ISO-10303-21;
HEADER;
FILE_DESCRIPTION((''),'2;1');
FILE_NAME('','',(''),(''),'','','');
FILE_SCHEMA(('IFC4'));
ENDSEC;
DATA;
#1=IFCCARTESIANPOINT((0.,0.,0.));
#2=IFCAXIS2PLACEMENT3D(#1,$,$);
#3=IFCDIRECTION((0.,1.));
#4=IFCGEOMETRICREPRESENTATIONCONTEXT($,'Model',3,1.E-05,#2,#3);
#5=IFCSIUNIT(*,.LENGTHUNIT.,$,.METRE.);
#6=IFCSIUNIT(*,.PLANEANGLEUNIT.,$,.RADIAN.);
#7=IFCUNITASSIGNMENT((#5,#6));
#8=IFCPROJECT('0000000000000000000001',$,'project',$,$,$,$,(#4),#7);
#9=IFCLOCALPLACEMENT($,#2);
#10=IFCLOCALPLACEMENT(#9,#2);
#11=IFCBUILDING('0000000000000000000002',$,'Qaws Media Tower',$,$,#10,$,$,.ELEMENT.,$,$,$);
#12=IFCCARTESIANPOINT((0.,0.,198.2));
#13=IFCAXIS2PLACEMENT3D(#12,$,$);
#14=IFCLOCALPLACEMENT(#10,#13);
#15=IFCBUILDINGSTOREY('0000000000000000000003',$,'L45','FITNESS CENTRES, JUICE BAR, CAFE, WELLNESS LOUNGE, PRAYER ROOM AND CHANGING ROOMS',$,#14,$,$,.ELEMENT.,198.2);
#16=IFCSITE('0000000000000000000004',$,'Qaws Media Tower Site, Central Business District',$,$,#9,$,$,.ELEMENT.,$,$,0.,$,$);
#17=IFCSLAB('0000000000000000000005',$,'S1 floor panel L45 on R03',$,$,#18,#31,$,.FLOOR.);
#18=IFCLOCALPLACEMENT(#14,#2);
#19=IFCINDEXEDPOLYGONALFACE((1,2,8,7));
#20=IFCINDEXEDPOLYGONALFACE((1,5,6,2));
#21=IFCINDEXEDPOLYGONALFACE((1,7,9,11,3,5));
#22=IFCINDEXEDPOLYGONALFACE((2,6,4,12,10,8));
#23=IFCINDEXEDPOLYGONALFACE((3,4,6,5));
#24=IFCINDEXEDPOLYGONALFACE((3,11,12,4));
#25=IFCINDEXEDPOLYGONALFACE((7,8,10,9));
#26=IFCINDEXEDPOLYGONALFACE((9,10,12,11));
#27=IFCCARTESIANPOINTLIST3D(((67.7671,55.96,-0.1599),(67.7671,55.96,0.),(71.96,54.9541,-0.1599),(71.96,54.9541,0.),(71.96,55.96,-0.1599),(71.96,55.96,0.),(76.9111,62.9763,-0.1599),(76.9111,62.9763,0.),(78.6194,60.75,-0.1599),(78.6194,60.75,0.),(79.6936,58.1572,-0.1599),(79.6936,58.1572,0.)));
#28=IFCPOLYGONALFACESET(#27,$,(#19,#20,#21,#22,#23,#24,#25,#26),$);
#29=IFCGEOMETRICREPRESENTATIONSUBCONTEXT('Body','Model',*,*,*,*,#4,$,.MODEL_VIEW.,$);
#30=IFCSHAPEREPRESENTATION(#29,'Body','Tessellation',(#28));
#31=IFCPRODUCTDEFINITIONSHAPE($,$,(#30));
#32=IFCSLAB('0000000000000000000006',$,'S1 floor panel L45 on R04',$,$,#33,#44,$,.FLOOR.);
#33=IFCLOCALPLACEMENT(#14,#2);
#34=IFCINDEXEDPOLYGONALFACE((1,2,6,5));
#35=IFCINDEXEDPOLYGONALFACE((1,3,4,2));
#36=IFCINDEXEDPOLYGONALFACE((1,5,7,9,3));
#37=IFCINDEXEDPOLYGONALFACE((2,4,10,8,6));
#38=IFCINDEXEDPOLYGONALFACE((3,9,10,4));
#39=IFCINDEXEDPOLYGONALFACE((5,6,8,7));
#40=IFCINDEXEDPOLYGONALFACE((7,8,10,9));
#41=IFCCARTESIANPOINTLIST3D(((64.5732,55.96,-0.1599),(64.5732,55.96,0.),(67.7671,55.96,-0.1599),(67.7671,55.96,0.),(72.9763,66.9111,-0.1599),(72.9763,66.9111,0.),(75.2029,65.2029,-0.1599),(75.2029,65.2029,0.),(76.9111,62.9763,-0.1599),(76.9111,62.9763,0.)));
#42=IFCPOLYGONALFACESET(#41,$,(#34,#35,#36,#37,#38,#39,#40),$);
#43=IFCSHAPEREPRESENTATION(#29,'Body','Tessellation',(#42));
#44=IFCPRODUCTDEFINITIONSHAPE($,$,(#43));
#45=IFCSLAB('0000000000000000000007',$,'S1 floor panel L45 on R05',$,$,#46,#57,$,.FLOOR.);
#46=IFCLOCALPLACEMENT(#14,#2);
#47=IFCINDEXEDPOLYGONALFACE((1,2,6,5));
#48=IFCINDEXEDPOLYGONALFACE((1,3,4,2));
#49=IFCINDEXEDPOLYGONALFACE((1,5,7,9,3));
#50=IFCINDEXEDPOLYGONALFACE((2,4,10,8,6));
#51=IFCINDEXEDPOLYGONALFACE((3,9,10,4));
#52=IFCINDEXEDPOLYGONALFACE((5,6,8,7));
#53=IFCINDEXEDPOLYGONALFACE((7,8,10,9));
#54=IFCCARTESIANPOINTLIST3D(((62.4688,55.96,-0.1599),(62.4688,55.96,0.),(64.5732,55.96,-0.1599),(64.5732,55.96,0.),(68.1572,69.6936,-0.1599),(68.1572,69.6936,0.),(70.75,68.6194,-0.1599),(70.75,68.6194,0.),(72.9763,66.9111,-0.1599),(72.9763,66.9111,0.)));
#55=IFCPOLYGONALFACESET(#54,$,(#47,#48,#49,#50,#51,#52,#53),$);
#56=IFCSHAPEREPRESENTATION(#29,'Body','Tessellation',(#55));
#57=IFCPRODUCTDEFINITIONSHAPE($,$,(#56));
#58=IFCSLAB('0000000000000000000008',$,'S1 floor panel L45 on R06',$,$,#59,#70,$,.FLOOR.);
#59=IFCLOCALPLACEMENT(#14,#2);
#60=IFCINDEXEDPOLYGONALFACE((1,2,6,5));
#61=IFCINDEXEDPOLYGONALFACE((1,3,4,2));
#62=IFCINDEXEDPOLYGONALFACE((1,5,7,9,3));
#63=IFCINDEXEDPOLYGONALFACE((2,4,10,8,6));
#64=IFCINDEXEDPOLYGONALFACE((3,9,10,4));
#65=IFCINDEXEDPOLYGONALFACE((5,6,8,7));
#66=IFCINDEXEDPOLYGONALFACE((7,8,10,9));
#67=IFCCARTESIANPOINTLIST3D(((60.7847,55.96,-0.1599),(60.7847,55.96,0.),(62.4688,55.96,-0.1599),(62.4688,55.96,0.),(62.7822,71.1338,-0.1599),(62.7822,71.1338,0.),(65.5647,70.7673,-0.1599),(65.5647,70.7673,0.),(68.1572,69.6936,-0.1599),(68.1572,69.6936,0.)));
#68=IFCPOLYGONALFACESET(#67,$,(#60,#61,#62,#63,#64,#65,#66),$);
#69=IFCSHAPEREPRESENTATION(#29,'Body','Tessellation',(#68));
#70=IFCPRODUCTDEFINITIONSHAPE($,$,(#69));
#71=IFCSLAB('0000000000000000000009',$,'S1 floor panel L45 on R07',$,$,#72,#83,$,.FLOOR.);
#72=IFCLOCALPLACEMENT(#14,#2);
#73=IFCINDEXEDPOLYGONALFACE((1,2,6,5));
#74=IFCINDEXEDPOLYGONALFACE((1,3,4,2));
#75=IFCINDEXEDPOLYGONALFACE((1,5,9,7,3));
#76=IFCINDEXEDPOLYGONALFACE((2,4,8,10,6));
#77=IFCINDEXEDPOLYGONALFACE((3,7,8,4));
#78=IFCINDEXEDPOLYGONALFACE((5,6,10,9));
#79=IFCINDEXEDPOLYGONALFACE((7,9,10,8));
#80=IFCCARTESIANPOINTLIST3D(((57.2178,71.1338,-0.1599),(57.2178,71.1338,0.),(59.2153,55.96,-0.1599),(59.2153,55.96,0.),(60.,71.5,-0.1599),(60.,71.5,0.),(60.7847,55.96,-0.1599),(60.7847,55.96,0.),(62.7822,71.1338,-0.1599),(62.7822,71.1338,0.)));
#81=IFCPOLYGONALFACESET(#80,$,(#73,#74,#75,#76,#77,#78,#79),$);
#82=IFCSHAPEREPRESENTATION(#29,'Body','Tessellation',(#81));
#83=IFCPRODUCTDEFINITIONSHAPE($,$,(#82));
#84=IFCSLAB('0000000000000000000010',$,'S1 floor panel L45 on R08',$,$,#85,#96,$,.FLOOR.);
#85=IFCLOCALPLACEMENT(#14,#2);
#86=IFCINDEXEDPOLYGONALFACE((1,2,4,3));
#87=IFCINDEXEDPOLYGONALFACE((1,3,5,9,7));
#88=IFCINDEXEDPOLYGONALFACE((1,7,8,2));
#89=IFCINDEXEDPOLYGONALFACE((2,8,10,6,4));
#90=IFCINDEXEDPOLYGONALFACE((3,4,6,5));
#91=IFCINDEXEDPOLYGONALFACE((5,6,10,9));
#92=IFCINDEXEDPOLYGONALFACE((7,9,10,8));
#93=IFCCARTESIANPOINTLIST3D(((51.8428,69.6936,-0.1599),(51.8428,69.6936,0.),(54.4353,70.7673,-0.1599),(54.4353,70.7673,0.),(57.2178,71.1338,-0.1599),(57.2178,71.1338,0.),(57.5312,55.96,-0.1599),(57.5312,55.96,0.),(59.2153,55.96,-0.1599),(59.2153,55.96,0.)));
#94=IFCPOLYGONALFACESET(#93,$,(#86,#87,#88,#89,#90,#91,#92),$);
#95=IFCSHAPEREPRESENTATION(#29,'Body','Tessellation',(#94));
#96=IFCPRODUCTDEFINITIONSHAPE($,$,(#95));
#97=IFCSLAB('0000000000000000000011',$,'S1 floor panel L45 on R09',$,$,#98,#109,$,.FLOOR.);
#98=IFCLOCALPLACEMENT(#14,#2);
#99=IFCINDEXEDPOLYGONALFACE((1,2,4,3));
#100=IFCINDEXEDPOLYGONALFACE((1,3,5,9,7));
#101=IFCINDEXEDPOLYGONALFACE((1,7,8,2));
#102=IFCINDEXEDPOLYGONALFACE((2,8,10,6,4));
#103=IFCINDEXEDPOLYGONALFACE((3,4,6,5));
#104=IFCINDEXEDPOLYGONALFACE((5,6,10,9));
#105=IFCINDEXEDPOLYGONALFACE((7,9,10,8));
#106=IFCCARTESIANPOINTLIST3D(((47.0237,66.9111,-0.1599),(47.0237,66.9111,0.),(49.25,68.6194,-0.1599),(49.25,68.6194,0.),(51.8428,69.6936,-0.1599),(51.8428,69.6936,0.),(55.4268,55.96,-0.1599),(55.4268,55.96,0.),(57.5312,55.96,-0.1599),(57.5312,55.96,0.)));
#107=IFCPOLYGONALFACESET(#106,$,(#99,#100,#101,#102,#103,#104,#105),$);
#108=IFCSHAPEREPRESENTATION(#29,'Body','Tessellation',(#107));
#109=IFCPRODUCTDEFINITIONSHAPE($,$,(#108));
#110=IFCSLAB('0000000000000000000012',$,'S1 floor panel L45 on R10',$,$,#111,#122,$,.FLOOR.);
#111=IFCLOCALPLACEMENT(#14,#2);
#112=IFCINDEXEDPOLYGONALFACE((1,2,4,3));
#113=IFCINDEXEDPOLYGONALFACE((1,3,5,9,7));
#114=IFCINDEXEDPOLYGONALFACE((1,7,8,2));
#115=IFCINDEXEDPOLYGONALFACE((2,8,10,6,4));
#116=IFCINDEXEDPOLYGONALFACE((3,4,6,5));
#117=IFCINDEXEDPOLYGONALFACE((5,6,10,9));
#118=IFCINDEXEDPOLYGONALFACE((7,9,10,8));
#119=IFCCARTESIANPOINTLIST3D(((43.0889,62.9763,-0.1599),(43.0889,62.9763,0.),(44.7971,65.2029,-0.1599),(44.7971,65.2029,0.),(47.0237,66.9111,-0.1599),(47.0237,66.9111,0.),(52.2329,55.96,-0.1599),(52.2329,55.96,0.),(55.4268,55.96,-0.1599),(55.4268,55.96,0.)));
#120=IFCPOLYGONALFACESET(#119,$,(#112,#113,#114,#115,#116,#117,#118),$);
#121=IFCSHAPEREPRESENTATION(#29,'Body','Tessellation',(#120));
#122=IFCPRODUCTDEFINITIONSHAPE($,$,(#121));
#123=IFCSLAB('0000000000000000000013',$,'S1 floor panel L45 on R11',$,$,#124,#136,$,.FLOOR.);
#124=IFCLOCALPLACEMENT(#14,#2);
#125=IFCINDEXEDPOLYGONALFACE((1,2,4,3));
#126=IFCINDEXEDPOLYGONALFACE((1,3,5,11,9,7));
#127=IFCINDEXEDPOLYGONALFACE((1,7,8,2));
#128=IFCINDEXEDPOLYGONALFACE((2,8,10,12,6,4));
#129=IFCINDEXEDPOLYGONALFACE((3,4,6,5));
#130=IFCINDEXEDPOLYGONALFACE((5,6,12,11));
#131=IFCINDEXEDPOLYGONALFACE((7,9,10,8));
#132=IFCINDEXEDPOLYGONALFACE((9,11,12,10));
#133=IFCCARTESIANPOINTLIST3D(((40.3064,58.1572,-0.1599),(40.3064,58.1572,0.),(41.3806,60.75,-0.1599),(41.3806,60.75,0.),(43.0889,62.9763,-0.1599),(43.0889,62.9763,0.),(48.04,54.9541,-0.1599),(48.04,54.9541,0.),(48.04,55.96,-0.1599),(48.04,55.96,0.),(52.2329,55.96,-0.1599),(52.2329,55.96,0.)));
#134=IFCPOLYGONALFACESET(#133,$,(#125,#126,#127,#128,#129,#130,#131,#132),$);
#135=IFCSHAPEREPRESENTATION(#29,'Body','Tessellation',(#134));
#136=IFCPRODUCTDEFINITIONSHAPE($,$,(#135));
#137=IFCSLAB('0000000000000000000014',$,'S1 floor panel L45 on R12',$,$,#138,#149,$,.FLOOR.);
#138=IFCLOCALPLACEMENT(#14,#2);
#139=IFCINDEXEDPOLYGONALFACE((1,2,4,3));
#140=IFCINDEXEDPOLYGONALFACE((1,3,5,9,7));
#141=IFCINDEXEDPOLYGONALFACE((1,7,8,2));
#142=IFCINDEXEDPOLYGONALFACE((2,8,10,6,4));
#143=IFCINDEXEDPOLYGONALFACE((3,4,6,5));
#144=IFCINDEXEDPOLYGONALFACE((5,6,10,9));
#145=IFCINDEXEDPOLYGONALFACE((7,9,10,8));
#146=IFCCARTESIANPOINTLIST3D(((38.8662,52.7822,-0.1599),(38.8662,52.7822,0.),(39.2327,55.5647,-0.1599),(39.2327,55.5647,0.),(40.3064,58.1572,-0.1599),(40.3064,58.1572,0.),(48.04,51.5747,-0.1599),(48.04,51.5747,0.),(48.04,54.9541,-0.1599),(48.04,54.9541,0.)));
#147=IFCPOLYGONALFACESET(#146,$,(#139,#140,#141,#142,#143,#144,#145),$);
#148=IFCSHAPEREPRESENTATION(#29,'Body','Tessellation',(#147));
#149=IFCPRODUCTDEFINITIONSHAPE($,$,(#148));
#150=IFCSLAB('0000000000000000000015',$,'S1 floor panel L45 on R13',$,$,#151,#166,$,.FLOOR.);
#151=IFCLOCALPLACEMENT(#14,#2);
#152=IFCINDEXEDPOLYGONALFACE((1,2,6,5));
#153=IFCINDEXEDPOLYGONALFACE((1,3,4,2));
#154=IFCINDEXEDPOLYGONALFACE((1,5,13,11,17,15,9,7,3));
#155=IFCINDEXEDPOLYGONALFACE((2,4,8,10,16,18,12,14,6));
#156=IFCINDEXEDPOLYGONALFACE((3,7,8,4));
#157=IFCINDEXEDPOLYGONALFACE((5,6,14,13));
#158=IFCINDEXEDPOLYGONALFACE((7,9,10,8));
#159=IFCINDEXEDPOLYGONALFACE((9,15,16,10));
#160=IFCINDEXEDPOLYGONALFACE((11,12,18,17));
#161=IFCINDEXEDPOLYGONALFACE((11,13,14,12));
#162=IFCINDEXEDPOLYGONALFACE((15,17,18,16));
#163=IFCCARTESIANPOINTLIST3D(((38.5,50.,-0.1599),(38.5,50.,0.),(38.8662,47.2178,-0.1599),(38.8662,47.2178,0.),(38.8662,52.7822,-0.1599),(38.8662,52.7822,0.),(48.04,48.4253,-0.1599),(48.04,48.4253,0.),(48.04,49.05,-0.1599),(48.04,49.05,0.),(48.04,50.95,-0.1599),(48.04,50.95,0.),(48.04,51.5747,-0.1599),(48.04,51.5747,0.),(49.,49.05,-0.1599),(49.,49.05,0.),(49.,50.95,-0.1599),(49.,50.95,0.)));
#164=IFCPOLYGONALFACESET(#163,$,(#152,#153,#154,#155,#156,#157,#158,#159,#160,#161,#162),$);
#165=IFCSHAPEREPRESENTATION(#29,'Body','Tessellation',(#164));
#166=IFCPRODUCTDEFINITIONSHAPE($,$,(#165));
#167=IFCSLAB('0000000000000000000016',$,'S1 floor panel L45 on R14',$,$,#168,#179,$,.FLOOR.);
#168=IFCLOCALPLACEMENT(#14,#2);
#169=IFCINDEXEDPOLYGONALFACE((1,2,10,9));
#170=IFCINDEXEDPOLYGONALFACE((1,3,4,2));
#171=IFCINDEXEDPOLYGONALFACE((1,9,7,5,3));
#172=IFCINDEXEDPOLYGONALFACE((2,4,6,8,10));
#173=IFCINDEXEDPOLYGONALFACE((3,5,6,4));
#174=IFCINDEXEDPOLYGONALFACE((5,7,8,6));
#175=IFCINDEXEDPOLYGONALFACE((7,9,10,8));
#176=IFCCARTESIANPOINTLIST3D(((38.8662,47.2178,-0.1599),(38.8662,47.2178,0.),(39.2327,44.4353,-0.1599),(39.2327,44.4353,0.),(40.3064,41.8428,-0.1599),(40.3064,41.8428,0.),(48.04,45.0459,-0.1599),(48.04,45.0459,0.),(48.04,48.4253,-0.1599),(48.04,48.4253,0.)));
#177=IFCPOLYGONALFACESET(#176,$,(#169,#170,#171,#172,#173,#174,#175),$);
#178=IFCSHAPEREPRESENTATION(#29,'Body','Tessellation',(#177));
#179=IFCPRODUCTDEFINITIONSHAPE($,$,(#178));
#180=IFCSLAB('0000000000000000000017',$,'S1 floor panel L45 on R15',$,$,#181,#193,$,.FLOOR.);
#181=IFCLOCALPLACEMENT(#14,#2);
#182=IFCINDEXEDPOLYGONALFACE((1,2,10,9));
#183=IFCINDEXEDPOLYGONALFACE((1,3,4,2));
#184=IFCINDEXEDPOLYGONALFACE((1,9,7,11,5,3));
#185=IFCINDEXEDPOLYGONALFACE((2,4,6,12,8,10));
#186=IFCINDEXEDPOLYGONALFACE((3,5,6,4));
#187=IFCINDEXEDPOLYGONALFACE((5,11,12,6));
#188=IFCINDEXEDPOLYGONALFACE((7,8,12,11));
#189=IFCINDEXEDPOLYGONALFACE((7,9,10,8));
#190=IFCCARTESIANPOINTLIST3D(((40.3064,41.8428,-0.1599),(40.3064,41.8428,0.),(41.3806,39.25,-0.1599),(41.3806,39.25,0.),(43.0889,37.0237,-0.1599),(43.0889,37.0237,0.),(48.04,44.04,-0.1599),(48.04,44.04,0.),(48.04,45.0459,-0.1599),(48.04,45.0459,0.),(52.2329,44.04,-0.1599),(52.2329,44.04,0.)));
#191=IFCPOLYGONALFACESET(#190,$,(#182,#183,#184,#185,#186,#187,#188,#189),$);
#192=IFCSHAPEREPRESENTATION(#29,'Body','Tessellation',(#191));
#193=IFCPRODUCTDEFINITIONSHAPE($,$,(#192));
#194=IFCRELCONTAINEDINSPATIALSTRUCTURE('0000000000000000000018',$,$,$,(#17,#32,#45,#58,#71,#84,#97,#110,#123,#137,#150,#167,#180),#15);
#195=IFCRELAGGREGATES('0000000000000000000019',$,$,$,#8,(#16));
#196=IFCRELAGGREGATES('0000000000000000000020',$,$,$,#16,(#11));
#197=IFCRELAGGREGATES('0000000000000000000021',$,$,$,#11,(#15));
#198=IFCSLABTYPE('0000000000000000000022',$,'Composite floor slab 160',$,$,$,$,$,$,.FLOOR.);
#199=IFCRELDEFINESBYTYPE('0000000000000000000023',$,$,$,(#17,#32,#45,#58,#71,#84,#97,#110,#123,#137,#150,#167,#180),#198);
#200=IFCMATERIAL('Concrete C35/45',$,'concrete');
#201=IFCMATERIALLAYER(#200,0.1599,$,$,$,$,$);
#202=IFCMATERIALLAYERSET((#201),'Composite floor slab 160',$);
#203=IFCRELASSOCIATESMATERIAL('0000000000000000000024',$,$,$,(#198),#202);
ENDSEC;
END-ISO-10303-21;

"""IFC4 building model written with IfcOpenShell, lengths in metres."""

from ifc_helpers import new_model, si_unit, direction, frame, origin, place, context, subcontext, project, spatial, polyline, outline, extrude, material, layer, layer_set, type_object, element, save


model = new_model("IFC4")

# Units and contexts
model_context = context("Model", 3, precision=1e-05, world=origin(), true_north=direction((0.0, 1.0)))
body_context = subcontext(model_context, "Body", "Model", "MODEL_VIEW")
ifc_project = project(units=[si_unit("LENGTHUNIT", "METRE"), si_unit("PLANEANGLEUNIT", "RADIAN")], contexts=[model_context])

# Site, building, storey
site_placement = place(None, origin())
site = spatial("IfcSite", under=ifc_project, at=site_placement, Name="Qaws Media Tower Site, Central Business District", CompositionType="ELEMENT", RefElevation=0.0)
building_placement = place(site_placement, origin())
building = spatial("IfcBuilding", under=site, at=building_placement, Name="Qaws Media Tower", CompositionType="ELEMENT")
storey_placement = place(building_placement, frame((0.0, 0.0, 198.2)))
storey = spatial("IfcBuildingStorey", under=building, at=storey_placement, Name="L45", Description="FITNESS CENTRES, JUICE BAR, CAFE, WELLNESS LOUNGE, PRAYER ROOM AND CHANGING ROOMS", CompositionType="ELEMENT", Elevation=198.2)

# Slabs
ifc_material_1 = material(Name="Concrete C35/45", Category="concrete")
ifc_layer_1 = layer(ifc_material_1, 0.1599)
ifc_layer_set_1 = layer_set([ifc_layer_1], Name="Composite floor slab 160")
slab_type_1 = type_object("IfcSlabType", Name="Composite floor slab 160", PredefinedType="FLOOR", material=ifc_layer_set_1)
slab_1_placement = place(storey_placement, frame((0.0, 0.0, -0.1599)))
element("IfcSlab", 1, at=slab_1_placement, inside=storey, type_object=slab_type_1, Name="S1 floor panel L45 on R03", PredefinedType="FLOOR", context=body_context, shape_type="SweptSolid", body=[
    extrude(outline(polyline([(78.6194, 60.75), (79.6936, 58.1572), (71.96, 54.9541), (71.96, 55.96), (67.7671, 55.96), (76.9111, 62.9763), (78.6194, 60.75)])), origin(), (0.0, 0.0, 1.0), 0.1599),
])
slab_2_placement = place(storey_placement, frame((0.0, 0.0, -0.1599)))
element("IfcSlab", 2, at=slab_2_placement, inside=storey, type_object=slab_type_1, Name="S1 floor panel L45 on R04", PredefinedType="FLOOR", context=body_context, shape_type="SweptSolid", body=[
    extrude(outline(polyline([(75.2029, 65.2029), (76.9111, 62.9763), (67.7671, 55.96), (64.5732, 55.96), (72.9763, 66.9111), (75.2029, 65.2029)])), origin(), (0.0, 0.0, 1.0), 0.1599),
])
slab_3_placement = place(storey_placement, frame((0.0, 0.0, -0.1599)))
element("IfcSlab", 3, at=slab_3_placement, inside=storey, type_object=slab_type_1, Name="S1 floor panel L45 on R05", PredefinedType="FLOOR", context=body_context, shape_type="SweptSolid", body=[
    extrude(outline(polyline([(70.75, 68.6194), (72.9763, 66.9111), (64.5732, 55.96), (62.4688, 55.96), (68.1572, 69.6936), (70.75, 68.6194)])), origin(), (0.0, 0.0, 1.0), 0.1599),
])
slab_4_placement = place(storey_placement, frame((0.0, 0.0, -0.1599)))
element("IfcSlab", 4, at=slab_4_placement, inside=storey, type_object=slab_type_1, Name="S1 floor panel L45 on R06", PredefinedType="FLOOR", context=body_context, shape_type="SweptSolid", body=[
    extrude(outline(polyline([(65.5647, 70.7673), (68.1572, 69.6936), (62.4688, 55.96), (60.7847, 55.96), (62.7822, 71.1338), (65.5647, 70.7673)])), origin(), (0.0, 0.0, 1.0), 0.1599),
])
slab_5_placement = place(storey_placement, frame((0.0, 0.0, -0.1599)))
element("IfcSlab", 5, at=slab_5_placement, inside=storey, type_object=slab_type_1, Name="S1 floor panel L45 on R07", PredefinedType="FLOOR", context=body_context, shape_type="SweptSolid", body=[
    extrude(outline(polyline([(60.0, 71.5), (62.7822, 71.1338), (60.7847, 55.96), (59.2153, 55.96), (57.2178, 71.1338), (60.0, 71.5)])), origin(), (0.0, 0.0, 1.0), 0.1599),
])
slab_6_placement = place(storey_placement, frame((0.0, 0.0, -0.1599)))
element("IfcSlab", 6, at=slab_6_placement, inside=storey, type_object=slab_type_1, Name="S1 floor panel L45 on R08", PredefinedType="FLOOR", context=body_context, shape_type="SweptSolid", body=[
    extrude(outline(polyline([(54.4353, 70.7673), (57.2178, 71.1338), (59.2153, 55.96), (57.5312, 55.96), (51.8428, 69.6936), (54.4353, 70.7673)])), origin(), (0.0, 0.0, 1.0), 0.1599),
])
slab_7_placement = place(storey_placement, frame((0.0, 0.0, -0.1599)))
element("IfcSlab", 7, at=slab_7_placement, inside=storey, type_object=slab_type_1, Name="S1 floor panel L45 on R09", PredefinedType="FLOOR", context=body_context, shape_type="SweptSolid", body=[
    extrude(outline(polyline([(49.25, 68.6194), (51.8428, 69.6936), (57.5312, 55.96), (55.4268, 55.96), (47.0237, 66.9111), (49.25, 68.6194)])), origin(), (0.0, 0.0, 1.0), 0.1599),
])
slab_8_placement = place(storey_placement, frame((0.0, 0.0, -0.1599)))
element("IfcSlab", 8, at=slab_8_placement, inside=storey, type_object=slab_type_1, Name="S1 floor panel L45 on R10", PredefinedType="FLOOR", context=body_context, shape_type="SweptSolid", body=[
    extrude(outline(polyline([(44.7971, 65.2029), (47.0237, 66.9111), (55.4268, 55.96), (52.2329, 55.96), (43.0889, 62.9763), (44.7971, 65.2029)])), origin(), (0.0, 0.0, 1.0), 0.1599),
])
slab_9_placement = place(storey_placement, frame((0.0, 0.0, -0.1599)))
element("IfcSlab", 9, at=slab_9_placement, inside=storey, type_object=slab_type_1, Name="S1 floor panel L45 on R11", PredefinedType="FLOOR", context=body_context, shape_type="SweptSolid", body=[
    extrude(outline(polyline([(41.3806, 60.75), (43.0889, 62.9763), (52.2329, 55.96), (48.04, 55.96), (48.04, 54.9541), (40.3064, 58.1572), (41.3806, 60.75)])), origin(), (0.0, 0.0, 1.0), 0.1599),
])
slab_10_placement = place(storey_placement, frame((0.0, 0.0, -0.1599)))
element("IfcSlab", 10, at=slab_10_placement, inside=storey, type_object=slab_type_1, Name="S1 floor panel L45 on R12", PredefinedType="FLOOR", context=body_context, shape_type="SweptSolid", body=[
    extrude(outline(polyline([(39.2327, 55.5647), (40.3064, 58.1572), (48.04, 54.9541), (48.04, 51.5747), (38.8662, 52.7822), (39.2327, 55.5647)])), origin(), (0.0, 0.0, 1.0), 0.1599),
])
slab_11_placement = place(storey_placement, frame((0.0, 0.0, -0.1599)))
element("IfcSlab", 11, at=slab_11_placement, inside=storey, type_object=slab_type_1, Name="S1 floor panel L45 on R13", PredefinedType="FLOOR", context=body_context, shape_type="SweptSolid", body=[
    extrude(outline(polyline([(38.5, 50.0), (38.8662, 52.7822), (48.04, 51.5747), (48.04, 50.95), (49.0, 50.95), (49.0, 49.05), (48.04, 49.05), (48.04, 48.4253), (38.8662, 47.2178), (38.5, 50.0)])), origin(), (0.0, 0.0, 1.0), 0.1599),
])
slab_12_placement = place(storey_placement, frame((0.0, 0.0, -0.1599)))
element("IfcSlab", 12, at=slab_12_placement, inside=storey, type_object=slab_type_1, Name="S1 floor panel L45 on R14", PredefinedType="FLOOR", context=body_context, shape_type="SweptSolid", body=[
    extrude(outline(polyline([(39.2327, 44.4353), (38.8662, 47.2178), (48.04, 48.4253), (48.04, 45.0459), (40.3064, 41.8428), (39.2327, 44.4353)])), origin(), (0.0, 0.0, 1.0), 0.1599),
])
slab_13_placement = place(storey_placement, frame((0.0, 0.0, -0.1599)))
element("IfcSlab", 13, at=slab_13_placement, inside=storey, type_object=slab_type_1, Name="S1 floor panel L45 on R15", PredefinedType="FLOOR", context=body_context, shape_type="SweptSolid", body=[
    extrude(outline(polyline([(41.3806, 39.25), (40.3064, 41.8428), (48.04, 45.0459), (48.04, 44.04), (52.2329, 44.04), (43.0889, 37.0237), (41.3806, 39.25)])), origin(), (0.0, 0.0, 1.0), 0.1599),
])

save(model, "model.ifc")
